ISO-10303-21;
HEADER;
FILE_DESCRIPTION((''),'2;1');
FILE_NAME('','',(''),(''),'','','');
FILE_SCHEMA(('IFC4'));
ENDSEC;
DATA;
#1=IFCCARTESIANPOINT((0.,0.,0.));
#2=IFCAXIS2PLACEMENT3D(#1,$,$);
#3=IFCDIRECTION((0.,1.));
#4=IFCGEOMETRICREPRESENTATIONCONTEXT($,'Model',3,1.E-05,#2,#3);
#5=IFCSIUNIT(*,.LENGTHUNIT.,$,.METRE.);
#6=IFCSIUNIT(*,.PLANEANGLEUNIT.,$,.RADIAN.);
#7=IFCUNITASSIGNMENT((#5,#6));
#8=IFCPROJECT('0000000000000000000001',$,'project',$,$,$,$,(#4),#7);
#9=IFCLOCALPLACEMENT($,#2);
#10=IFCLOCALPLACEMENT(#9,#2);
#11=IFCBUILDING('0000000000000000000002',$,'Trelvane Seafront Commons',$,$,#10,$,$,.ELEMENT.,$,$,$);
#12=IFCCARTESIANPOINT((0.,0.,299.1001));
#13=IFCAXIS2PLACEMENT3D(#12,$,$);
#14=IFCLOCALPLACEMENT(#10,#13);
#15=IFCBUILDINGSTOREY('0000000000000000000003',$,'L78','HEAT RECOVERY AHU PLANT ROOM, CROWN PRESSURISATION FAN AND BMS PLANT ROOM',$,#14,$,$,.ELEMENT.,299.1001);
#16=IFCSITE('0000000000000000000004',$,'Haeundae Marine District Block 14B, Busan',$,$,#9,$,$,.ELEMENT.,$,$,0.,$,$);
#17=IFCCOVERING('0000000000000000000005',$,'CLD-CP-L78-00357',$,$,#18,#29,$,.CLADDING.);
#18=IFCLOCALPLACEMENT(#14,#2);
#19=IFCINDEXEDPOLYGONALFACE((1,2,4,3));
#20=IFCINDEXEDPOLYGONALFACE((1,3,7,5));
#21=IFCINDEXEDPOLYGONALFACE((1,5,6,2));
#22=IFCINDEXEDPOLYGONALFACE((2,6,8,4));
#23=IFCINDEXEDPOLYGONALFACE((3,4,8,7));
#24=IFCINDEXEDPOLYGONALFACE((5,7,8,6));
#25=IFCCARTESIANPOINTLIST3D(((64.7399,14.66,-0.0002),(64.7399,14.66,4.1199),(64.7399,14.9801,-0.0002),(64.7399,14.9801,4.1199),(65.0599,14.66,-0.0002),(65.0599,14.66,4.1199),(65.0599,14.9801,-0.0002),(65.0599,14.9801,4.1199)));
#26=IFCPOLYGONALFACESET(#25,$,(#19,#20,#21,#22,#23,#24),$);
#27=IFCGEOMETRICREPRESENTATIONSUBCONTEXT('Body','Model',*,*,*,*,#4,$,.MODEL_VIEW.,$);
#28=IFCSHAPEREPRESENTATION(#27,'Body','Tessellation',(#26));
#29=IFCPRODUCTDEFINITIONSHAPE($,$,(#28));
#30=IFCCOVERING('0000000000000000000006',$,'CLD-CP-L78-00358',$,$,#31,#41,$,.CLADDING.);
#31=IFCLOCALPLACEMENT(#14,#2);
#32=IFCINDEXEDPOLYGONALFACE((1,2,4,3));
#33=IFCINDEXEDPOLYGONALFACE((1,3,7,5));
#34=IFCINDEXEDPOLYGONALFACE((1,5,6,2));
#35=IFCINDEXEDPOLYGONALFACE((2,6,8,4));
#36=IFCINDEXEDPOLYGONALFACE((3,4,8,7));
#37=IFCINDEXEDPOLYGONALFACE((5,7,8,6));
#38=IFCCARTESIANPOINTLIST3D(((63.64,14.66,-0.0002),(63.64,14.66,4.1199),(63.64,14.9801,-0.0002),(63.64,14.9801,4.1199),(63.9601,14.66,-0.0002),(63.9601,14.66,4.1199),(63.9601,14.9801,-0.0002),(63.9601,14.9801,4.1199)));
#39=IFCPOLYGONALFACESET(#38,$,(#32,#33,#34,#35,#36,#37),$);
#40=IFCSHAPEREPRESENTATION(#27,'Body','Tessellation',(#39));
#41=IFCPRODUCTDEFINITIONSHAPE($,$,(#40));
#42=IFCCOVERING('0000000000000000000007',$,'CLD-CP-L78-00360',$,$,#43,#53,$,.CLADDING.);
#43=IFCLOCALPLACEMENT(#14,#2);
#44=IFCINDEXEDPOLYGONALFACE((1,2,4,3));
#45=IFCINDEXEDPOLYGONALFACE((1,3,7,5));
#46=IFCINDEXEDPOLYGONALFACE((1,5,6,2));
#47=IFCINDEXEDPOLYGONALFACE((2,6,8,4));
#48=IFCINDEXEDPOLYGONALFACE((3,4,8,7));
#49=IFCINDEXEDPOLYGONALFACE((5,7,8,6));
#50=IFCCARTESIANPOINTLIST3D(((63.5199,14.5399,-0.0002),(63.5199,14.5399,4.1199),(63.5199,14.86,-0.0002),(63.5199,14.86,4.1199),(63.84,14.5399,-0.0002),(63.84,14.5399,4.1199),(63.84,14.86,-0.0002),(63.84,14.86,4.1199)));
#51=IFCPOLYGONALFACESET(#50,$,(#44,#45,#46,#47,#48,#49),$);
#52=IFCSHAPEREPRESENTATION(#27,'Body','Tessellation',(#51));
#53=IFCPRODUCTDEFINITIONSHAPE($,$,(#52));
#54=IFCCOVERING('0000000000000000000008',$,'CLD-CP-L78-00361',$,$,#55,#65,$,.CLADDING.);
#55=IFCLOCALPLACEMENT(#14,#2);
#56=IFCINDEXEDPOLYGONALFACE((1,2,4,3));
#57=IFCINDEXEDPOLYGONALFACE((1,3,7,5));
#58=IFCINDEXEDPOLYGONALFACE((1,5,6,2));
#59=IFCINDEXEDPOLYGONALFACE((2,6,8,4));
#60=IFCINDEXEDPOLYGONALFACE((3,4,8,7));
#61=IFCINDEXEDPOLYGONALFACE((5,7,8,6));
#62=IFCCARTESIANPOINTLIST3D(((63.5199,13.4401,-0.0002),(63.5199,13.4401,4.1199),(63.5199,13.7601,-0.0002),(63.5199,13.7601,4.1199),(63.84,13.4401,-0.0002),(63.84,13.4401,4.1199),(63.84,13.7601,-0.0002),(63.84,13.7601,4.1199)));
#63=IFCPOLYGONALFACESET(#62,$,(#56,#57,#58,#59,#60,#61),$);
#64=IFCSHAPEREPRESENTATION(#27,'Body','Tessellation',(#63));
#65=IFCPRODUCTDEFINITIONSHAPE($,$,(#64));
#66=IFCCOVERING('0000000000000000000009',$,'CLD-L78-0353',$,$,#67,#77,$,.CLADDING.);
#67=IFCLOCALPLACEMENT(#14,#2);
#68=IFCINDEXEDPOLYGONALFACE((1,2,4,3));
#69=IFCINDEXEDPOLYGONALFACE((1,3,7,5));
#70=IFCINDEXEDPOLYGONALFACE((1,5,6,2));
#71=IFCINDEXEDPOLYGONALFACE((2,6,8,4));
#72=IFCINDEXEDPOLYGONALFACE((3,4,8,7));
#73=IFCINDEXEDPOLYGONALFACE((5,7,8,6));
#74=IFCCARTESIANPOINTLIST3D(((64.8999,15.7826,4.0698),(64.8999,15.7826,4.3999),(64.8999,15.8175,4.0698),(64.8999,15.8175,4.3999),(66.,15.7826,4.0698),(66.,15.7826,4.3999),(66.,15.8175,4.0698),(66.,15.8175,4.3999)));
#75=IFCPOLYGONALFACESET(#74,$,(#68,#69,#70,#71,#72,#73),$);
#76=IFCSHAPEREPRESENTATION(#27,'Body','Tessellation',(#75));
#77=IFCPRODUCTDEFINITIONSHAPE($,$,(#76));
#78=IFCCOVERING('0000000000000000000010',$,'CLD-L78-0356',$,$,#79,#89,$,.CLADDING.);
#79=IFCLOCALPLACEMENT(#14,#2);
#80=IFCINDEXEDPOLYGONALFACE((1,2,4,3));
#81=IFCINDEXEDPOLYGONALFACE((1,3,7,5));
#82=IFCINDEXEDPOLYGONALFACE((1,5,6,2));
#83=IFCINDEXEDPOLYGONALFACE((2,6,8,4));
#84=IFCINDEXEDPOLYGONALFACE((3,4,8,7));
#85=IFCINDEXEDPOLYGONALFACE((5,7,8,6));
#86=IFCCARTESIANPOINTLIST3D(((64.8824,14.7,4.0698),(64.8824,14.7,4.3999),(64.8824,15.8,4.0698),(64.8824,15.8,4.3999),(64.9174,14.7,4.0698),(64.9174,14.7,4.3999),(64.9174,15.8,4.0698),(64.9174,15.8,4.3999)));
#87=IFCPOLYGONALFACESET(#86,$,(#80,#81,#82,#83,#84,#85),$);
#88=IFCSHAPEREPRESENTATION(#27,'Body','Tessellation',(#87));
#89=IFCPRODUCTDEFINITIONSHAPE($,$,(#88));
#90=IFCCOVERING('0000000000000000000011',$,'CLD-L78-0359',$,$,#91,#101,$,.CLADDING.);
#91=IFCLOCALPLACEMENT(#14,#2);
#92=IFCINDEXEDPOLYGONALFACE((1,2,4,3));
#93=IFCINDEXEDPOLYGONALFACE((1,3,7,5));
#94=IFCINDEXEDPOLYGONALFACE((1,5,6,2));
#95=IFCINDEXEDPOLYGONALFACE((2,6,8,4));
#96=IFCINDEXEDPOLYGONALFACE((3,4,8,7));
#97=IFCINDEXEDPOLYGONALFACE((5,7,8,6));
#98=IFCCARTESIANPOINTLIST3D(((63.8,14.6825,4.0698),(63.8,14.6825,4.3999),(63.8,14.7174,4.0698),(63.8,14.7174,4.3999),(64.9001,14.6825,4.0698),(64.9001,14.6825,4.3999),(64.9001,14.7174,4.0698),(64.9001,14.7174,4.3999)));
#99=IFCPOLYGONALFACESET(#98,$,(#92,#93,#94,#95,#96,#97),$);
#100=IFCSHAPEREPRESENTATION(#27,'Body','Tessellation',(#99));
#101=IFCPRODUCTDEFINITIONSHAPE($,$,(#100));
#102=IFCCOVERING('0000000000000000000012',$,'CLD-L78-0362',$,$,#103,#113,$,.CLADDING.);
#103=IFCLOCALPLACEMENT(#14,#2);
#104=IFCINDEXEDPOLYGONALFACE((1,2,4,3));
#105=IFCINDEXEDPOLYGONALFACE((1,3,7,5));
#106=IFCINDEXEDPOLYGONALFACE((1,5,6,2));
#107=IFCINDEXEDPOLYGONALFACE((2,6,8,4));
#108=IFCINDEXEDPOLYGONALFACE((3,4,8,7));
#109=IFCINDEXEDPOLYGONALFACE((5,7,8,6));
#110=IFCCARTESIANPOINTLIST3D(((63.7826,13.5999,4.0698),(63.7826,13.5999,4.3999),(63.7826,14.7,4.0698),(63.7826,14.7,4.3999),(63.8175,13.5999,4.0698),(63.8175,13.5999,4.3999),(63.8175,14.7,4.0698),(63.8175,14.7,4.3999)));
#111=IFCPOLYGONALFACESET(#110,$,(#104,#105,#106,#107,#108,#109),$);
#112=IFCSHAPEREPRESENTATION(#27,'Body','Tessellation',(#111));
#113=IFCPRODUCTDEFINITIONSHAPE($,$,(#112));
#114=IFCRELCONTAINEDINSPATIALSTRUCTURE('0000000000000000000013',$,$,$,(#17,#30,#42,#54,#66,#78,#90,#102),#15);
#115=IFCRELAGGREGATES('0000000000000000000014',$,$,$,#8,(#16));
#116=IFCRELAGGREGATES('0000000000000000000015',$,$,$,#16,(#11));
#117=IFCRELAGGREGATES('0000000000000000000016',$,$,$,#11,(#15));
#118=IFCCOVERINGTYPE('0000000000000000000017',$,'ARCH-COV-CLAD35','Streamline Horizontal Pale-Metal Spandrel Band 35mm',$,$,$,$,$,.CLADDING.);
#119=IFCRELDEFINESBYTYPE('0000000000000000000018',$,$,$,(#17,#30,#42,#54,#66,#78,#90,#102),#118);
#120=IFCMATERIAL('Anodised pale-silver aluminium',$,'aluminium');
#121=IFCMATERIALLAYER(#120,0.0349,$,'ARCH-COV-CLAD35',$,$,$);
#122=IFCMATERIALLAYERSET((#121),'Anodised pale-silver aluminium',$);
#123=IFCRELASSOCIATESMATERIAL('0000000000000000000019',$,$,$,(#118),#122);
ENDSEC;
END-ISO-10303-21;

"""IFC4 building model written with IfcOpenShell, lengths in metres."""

from ifc_helpers import new_model, si_unit, direction, frame, origin, origin_2d, place, context, subcontext, project, spatial, rectangle, extrude, source, transform, mapped, material, layer, layer_set, type_object, element, save


model = new_model("IFC4")

# Units and contexts
model_context = context("Model", 3, precision=1e-05, world=origin(), true_north=direction((0.0, 1.0)))
body_context = subcontext(model_context, "Body", "Model", "MODEL_VIEW")
ifc_project = project(units=[si_unit("LENGTHUNIT", "METRE"), si_unit("PLANEANGLEUNIT", "RADIAN")], contexts=[model_context])

# Site, building, storey
site_placement = place(None, origin())
site = spatial("IfcSite", under=ifc_project, at=site_placement, Name="Haeundae Marine District Block 14B, Busan", CompositionType="ELEMENT", RefElevation=0.0)
building_placement = place(site_placement, origin())
building = spatial("IfcBuilding", under=site, at=building_placement, Name="Trelvane Seafront Commons", CompositionType="ELEMENT")
storey_placement = place(building_placement, frame((0.0, 0.0, 299.1001)))
storey = spatial("IfcBuildingStorey", under=building, at=storey_placement, Name="L78", Description="HEAT RECOVERY AHU PLANT ROOM, CROWN PRESSURISATION FAN AND BMS PLANT ROOM", CompositionType="ELEMENT", Elevation=299.1001)

# Shared definitions
ifc_material_1 = material(Name="Anodised pale-silver aluminium", Category="aluminium")

# Coverings
ifc_layer_1 = layer(ifc_material_1, 0.0349, Name="ARCH-COV-CLAD35")
ifc_layer_set_1 = layer_set([ifc_layer_1], Name="Anodised pale-silver aluminium")
covering_type = type_object("IfcCoveringType", Name="ARCH-COV-CLAD35", Description="Streamline Horizontal Pale-Metal Spandrel Band 35mm", PredefinedType="CLADDING", material=ifc_layer_set_1)
shared_shape_1 = source(origin(), body_context, "Body", "SweptSolid", [
    extrude(rectangle(XDim=0.3201, YDim=0.3201, at=origin_2d()), origin(), (0.0, 0.0, 1.0), 4.1201),
])
for number, where, z_axis, x_axis, name in (
    (1, (64.8999, 14.8201, -0.0002), (0.0, 0.0, 1.0), (1.0, 0.0, 0.0), "CLD-CP-L78-00357"),
    (2, (63.8, 14.8201, -0.0002), (0.0, 0.0, 1.0), (1.0, 0.0, 0.0), "CLD-CP-L78-00358"),
    (3, (63.6799, 14.7, -0.0002), (0.0, 0.0, 1.0), (1.0, 0.0, 0.0), "CLD-CP-L78-00360"),
    (4, (63.6799, 13.6001, -0.0002), (0.0, 0.0, 1.0), (1.0, 0.0, 0.0), "CLD-CP-L78-00361"),
):
    element("IfcCovering", number, at=place(storey_placement, frame(where, z_axis=z_axis, x_axis=x_axis)), inside=storey, type_object=covering_type, Name=name, PredefinedType="CLADDING", context=body_context, shape_type="MappedRepresentation", body=[
        mapped(shared_shape_1, transform((0.0, 0.0, 0.0), x_axis=(1.0, 0.0, 0.0), y_axis=(0.0, 1.0, 0.0), z_axis=(0.0, 0.0, 1.0), scale=1.0)),
    ])
shared_shape_2 = source(origin(), body_context, "Body", "SweptSolid", [
    extrude(rectangle(XDim=1.1001, YDim=0.0349, at=origin_2d()), origin(), (0.0, 0.0, 1.0), 0.3301),
])
for number, where, z_axis, x_axis, name in (
    (5, (65.45, 15.8, 4.0698), (0.0, 0.0, 1.0), (-1.0, 0.0, 0.0), "CLD-L78-0353"),
    (6, (64.8999, 15.25, 4.0698), (0.0, 0.0, 1.0), (0.0, -1.0, 0.0), "CLD-L78-0356"),
    (7, (64.3501, 14.7, 4.0698), (0.0, 0.0, 1.0), (-1.0, 0.0, 0.0), "CLD-L78-0359"),
    (8, (63.8, 14.1499, 4.0698), (0.0, 0.0, 1.0), (0.0, -1.0, 0.0), "CLD-L78-0362"),
):
    element("IfcCovering", number, at=place(storey_placement, frame(where, z_axis=z_axis, x_axis=x_axis)), inside=storey, type_object=covering_type, Name=name, PredefinedType="CLADDING", context=body_context, shape_type="MappedRepresentation", body=[
        mapped(shared_shape_2, transform((0.0, 0.0, 0.0), x_axis=(1.0, 0.0, 0.0), y_axis=(0.0, 1.0, 0.0), z_axis=(0.0, 0.0, 1.0), scale=1.0)),
    ])

save(model, "model.ifc")
